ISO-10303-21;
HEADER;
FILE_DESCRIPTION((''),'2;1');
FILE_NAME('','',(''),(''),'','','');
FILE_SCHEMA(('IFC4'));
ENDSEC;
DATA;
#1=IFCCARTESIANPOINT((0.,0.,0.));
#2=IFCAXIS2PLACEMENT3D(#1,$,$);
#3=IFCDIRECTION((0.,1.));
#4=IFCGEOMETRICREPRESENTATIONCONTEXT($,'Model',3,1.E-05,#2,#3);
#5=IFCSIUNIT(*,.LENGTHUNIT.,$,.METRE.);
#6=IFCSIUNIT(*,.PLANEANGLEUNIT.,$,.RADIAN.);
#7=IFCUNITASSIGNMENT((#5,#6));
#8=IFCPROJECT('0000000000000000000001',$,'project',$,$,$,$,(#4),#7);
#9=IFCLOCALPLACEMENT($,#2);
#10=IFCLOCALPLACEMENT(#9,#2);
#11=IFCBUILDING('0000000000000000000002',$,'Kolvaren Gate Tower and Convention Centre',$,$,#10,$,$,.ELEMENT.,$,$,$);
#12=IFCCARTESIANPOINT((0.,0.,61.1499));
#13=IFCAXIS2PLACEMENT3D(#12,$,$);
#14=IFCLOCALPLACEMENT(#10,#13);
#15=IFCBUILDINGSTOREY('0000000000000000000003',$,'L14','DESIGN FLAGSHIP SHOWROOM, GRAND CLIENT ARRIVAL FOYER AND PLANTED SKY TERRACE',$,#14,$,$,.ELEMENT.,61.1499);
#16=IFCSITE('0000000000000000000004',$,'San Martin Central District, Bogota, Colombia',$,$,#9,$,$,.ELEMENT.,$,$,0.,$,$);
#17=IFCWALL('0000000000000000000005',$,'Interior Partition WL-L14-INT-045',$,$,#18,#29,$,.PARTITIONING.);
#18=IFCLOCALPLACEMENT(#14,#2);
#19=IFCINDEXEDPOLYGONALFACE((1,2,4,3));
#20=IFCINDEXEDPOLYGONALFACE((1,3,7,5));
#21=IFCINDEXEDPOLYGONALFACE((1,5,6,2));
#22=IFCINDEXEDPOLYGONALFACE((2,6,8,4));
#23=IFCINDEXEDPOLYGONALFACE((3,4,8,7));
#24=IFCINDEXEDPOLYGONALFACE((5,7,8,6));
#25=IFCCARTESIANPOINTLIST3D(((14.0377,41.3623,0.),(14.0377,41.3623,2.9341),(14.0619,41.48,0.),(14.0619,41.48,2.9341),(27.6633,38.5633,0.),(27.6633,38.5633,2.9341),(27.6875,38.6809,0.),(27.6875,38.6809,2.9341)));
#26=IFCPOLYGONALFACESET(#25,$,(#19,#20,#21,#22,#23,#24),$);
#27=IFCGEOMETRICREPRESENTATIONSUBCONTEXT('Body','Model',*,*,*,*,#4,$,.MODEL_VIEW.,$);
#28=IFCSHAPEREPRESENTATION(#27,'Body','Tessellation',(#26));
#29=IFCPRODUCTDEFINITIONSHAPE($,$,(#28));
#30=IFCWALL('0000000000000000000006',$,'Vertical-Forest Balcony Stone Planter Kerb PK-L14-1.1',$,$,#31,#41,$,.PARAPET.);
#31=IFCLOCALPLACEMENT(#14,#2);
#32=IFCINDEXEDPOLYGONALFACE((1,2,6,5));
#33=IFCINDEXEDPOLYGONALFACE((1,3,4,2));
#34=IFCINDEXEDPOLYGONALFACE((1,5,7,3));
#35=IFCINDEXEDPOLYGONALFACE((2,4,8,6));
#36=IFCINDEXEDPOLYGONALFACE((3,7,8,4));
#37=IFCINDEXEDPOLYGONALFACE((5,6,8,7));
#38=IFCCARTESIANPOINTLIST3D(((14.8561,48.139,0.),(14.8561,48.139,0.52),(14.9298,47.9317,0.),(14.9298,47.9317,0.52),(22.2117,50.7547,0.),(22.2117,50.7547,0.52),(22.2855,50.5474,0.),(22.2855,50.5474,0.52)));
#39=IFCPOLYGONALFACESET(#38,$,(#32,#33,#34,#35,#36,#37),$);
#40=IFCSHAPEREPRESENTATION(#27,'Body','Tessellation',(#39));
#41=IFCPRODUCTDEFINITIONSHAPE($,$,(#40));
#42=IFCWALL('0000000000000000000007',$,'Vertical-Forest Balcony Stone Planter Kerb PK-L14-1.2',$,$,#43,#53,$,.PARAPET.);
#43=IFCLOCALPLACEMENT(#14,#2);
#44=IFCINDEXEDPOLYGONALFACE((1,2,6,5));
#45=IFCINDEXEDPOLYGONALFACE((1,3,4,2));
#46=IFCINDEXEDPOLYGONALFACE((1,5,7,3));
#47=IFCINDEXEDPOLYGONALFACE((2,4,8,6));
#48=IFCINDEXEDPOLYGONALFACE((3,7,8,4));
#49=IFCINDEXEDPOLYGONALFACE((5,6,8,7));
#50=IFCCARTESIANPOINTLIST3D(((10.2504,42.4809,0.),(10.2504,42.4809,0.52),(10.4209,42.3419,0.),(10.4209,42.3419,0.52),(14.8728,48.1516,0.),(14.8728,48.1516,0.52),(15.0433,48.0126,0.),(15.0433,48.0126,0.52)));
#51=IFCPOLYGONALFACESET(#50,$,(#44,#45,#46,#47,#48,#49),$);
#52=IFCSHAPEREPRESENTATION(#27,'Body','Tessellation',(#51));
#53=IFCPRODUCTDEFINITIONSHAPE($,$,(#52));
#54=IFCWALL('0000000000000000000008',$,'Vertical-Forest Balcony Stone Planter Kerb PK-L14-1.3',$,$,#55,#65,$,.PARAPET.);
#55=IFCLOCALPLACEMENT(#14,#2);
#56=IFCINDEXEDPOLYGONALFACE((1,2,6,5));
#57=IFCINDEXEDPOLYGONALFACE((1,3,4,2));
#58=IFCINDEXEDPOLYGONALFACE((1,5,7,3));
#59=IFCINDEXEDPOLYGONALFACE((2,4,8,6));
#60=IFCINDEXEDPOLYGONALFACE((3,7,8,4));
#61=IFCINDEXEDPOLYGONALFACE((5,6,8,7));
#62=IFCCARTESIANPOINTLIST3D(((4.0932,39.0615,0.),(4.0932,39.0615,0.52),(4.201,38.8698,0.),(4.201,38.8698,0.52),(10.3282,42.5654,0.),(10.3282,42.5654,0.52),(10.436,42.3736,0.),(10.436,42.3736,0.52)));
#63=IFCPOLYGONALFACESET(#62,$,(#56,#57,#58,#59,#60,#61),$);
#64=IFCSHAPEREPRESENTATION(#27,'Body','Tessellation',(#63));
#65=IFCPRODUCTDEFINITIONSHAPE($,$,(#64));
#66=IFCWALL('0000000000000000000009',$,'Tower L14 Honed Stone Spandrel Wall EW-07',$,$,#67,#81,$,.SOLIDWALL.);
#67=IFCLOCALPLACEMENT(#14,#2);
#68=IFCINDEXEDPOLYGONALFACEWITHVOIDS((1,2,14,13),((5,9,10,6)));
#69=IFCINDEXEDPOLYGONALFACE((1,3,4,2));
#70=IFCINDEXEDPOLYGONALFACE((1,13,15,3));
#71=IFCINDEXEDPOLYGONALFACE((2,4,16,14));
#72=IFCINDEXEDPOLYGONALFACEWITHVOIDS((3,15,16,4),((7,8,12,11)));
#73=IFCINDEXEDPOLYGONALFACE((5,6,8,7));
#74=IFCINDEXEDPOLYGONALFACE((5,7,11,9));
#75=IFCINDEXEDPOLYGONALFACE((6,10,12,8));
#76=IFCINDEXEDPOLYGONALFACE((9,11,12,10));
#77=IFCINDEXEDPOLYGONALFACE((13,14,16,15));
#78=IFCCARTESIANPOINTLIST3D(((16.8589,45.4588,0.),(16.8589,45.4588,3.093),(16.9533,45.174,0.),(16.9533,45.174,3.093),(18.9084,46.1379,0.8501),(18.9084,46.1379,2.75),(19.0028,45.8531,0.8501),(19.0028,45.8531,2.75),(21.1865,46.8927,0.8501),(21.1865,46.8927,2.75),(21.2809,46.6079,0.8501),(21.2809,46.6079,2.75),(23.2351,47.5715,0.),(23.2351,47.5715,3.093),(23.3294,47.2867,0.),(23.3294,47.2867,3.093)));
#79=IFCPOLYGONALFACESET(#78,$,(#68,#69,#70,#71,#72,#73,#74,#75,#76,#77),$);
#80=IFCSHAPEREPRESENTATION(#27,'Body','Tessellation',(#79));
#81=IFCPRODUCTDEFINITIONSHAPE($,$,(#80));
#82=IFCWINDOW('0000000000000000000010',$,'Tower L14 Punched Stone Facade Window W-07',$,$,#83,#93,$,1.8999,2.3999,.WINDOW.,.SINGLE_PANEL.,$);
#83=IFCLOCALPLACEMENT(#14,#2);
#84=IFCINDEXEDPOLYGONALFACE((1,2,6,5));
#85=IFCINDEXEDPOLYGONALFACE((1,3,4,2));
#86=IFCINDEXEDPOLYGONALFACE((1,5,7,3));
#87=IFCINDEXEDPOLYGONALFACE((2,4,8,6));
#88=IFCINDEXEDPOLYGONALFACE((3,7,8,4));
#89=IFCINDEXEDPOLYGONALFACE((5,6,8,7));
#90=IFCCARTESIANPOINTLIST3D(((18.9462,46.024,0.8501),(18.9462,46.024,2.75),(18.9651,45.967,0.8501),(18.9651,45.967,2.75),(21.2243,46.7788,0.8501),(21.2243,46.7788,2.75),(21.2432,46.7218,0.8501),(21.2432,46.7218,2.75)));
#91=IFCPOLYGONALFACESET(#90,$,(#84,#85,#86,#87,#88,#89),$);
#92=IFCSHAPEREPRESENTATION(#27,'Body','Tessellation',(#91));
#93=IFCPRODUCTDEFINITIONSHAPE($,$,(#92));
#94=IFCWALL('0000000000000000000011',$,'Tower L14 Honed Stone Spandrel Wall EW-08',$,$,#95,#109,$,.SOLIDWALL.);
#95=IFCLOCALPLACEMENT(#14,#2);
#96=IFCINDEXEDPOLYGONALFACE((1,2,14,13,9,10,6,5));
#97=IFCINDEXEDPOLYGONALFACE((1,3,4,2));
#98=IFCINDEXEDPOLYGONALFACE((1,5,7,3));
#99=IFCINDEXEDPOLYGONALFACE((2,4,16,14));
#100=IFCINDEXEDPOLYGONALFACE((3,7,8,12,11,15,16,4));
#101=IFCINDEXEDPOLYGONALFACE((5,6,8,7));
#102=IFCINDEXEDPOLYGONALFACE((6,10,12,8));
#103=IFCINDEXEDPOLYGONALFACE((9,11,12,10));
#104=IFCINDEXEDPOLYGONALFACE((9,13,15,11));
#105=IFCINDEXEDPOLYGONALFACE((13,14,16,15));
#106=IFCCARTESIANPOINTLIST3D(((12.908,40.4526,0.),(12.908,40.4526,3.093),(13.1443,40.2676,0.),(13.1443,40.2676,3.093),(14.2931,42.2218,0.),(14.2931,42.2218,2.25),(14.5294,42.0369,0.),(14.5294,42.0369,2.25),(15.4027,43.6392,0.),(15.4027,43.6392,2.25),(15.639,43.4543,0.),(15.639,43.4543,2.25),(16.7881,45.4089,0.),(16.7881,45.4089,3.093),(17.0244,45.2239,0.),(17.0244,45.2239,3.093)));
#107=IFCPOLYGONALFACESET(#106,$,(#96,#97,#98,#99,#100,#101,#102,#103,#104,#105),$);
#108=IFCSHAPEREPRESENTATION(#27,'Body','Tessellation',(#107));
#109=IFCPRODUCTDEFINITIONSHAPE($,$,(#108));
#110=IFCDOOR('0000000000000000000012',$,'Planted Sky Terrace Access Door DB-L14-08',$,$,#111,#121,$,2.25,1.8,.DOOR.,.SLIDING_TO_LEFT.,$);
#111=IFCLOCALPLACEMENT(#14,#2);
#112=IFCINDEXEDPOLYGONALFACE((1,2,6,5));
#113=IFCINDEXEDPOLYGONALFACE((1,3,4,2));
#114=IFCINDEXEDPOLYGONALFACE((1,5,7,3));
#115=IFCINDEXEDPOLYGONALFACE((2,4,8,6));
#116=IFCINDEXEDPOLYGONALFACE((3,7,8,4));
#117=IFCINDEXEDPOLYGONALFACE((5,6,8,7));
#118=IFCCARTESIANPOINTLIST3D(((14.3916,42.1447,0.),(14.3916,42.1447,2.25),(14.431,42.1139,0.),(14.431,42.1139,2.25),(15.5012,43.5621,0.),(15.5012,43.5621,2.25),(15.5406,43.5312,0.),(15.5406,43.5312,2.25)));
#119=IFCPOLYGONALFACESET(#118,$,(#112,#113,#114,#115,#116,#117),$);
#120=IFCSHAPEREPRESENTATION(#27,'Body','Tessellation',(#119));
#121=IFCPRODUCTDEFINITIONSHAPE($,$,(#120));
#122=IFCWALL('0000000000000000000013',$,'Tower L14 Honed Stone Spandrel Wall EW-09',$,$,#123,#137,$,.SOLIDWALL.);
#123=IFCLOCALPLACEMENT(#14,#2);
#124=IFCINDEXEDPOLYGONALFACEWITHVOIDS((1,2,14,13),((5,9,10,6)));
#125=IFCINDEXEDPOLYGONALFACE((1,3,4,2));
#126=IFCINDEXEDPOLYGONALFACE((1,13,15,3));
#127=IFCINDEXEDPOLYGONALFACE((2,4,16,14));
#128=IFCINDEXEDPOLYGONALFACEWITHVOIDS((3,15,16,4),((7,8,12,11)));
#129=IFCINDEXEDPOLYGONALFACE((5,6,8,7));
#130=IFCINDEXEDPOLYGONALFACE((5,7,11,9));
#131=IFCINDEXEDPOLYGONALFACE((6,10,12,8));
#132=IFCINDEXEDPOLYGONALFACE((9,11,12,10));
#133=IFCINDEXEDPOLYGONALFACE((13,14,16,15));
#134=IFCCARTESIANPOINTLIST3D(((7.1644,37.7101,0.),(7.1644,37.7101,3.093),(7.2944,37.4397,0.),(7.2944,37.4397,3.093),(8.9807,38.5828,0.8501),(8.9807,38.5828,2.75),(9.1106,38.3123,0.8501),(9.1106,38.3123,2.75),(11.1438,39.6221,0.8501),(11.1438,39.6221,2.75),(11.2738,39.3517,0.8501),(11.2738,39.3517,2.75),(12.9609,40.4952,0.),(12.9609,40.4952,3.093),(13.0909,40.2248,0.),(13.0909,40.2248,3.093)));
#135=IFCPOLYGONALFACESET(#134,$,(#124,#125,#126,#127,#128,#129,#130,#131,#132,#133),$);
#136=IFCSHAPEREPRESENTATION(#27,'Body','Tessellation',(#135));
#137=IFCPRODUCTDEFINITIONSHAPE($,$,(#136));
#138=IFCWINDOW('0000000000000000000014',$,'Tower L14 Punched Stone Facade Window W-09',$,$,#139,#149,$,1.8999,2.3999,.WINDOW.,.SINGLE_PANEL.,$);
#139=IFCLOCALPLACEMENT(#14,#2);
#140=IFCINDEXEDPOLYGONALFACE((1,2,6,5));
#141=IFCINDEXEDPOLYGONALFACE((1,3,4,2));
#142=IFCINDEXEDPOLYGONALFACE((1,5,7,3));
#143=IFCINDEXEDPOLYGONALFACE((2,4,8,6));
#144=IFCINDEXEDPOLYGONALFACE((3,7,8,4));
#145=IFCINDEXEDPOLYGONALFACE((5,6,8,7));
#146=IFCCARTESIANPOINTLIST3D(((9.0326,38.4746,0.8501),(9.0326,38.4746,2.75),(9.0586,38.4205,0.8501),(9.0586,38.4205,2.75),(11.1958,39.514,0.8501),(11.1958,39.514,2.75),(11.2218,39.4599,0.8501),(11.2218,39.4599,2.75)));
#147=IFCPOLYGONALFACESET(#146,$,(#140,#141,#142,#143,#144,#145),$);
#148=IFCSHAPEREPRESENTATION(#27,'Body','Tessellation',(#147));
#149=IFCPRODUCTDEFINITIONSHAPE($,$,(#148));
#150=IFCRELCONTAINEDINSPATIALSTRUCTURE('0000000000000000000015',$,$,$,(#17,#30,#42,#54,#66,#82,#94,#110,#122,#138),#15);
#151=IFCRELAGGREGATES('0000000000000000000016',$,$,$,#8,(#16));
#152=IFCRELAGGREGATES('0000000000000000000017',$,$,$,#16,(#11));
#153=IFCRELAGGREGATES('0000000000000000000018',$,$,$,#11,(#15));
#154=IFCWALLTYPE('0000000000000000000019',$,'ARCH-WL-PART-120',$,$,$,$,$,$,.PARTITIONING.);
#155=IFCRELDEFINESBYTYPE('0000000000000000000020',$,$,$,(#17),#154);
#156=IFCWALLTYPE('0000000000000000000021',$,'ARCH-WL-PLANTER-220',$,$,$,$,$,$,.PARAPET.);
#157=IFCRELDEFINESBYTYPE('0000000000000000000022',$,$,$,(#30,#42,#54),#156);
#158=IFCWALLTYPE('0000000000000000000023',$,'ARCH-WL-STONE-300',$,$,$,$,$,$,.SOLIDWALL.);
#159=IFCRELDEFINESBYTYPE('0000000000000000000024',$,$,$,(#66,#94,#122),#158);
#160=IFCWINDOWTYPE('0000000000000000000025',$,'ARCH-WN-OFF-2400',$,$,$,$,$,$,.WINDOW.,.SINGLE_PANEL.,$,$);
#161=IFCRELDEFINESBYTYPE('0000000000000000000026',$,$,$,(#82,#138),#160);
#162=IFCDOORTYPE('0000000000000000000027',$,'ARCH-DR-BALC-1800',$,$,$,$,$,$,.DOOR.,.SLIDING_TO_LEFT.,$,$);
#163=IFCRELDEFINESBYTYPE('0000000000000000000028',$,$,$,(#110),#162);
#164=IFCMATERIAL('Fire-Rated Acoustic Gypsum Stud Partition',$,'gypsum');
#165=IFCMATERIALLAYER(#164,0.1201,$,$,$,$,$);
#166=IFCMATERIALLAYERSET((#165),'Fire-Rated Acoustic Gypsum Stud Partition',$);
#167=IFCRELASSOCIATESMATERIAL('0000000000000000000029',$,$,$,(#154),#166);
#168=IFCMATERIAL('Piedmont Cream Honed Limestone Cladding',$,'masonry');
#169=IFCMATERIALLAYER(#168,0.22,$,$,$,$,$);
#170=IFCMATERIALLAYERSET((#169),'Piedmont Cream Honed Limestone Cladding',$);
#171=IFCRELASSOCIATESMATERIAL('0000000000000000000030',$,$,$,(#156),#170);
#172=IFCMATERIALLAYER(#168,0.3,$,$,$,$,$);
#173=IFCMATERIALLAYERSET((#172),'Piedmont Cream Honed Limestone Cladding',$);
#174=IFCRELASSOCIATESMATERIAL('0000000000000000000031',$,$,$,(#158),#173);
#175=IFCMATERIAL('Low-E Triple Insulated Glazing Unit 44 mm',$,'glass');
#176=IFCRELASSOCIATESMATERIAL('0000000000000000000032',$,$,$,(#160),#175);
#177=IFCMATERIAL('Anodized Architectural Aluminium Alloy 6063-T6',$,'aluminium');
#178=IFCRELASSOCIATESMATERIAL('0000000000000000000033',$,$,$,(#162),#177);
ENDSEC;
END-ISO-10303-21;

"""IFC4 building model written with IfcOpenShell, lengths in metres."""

from ifc_helpers import new_model, si_unit, direction, frame, frame_2d, origin, place, context, subcontext, project, spatial, rectangle, extrude, material, layer, layer_set, type_object, element, fill, save


model = new_model("IFC4")

# Units and contexts
model_context = context("Model", 3, precision=1e-05, world=origin(), true_north=direction((0.0, 1.0)))
body_context = subcontext(model_context, "Body", "Model", "MODEL_VIEW")
ifc_project = project(units=[si_unit("LENGTHUNIT", "METRE"), si_unit("PLANEANGLEUNIT", "RADIAN")], contexts=[model_context])

# Site, building, storey
site_placement = place(None, origin())
site = spatial("IfcSite", under=ifc_project, at=site_placement, Name="San Martin Central District, Bogota, Colombia", CompositionType="ELEMENT", RefElevation=0.0)
building_placement = place(site_placement, origin())
building = spatial("IfcBuilding", under=site, at=building_placement, Name="Kolvaren Gate Tower and Convention Centre", CompositionType="ELEMENT")
storey_placement = place(building_placement, frame((0.0, 0.0, 61.1499)))
storey = spatial("IfcBuildingStorey", under=building, at=storey_placement, Name="L14", Description="DESIGN FLAGSHIP SHOWROOM, GRAND CLIENT ARRIVAL FOYER AND PLANTED SKY TERRACE", CompositionType="ELEMENT", Elevation=61.1499)

# Walls
ifc_material_1 = material(Name="Fire-Rated Acoustic Gypsum Stud Partition", Category="gypsum")
ifc_layer_1 = layer(ifc_material_1, 0.1201)
ifc_layer_set_1 = layer_set([ifc_layer_1], Name="Fire-Rated Acoustic Gypsum Stud Partition")
wall_type_1 = type_object("IfcWallType", Name="ARCH-WL-PART-120", PredefinedType="PARTITIONING", material=ifc_layer_set_1)
wall_1_placement = place(storey_placement, frame((14.0498, 41.4211, 0.0), z_axis=(0.0, 0.0, 1.0), x_axis=(0.979545, -0.201224, 0.0)))
element("IfcWall", 1, at=wall_1_placement, inside=storey, type_object=wall_type_1, Name="Interior Partition WL-L14-INT-045", PredefinedType="PARTITIONING", context=body_context, shape_type="SweptSolid", body=[
    extrude(rectangle(XDim=13.9102, YDim=0.1201, at=frame_2d((6.9551, 0.0))), origin(), (0.0, 0.0, 1.0), 2.9341),
])
ifc_material_2 = material(Name="Piedmont Cream Honed Limestone Cladding", Category="masonry")
ifc_layer_2 = layer(ifc_material_2, 0.22)
ifc_layer_set_2 = layer_set([ifc_layer_2], Name="Piedmont Cream Honed Limestone Cladding")
wall_type_2 = type_object("IfcWallType", Name="ARCH-WL-PLANTER-220", PredefinedType="PARAPET", material=ifc_layer_set_2)
wall_2_placement = place(storey_placement, frame((14.8931, 48.0354, 0.0), z_axis=(0.0, 0.0, 1.0), x_axis=(0.9422, 0.33505, 0.0)))
element("IfcWall", 2, at=wall_2_placement, inside=storey, type_object=wall_type_2, Name="Vertical-Forest Balcony Stone Planter Kerb PK-L14-1.1", PredefinedType="PARAPET", context=body_context, shape_type="SweptSolid", body=[
    extrude(rectangle(XDim=7.8069, YDim=0.22, at=frame_2d((3.9033, 0.0))), origin(), (0.0, 0.0, 1.0), 0.52),
])
wall_3_placement = place(storey_placement, frame((10.3357, 42.4114, 0.0), z_axis=(0.0, 0.0, 1.0), x_axis=(0.631819, 0.775116, 0.0)))
element("IfcWall", 3, at=wall_3_placement, inside=storey, type_object=wall_type_2, Name="Vertical-Forest Balcony Stone Planter Kerb PK-L14-1.2", PredefinedType="PARAPET", context=body_context, shape_type="SweptSolid", body=[
    extrude(rectangle(XDim=7.3159, YDim=0.22, at=frame_2d((3.658, 0.0))), origin(), (0.0, 0.0, 1.0), 0.52),
])
wall_4_placement = place(storey_placement, frame((4.147, 38.9656, 0.0), z_axis=(0.0, 0.0, 1.0), x_axis=(0.871775, 0.489906, 0.0)))
element("IfcWall", 4, at=wall_4_placement, inside=storey, type_object=wall_type_2, Name="Vertical-Forest Balcony Stone Planter Kerb PK-L14-1.3", PredefinedType="PARAPET", context=body_context, shape_type="SweptSolid", body=[
    extrude(rectangle(XDim=7.1521, YDim=0.22, at=frame_2d((3.5762, 0.0))), origin(), (0.0, 0.0, 1.0), 0.52),
])

# Wall, opening, window
ifc_layer_3 = layer(ifc_material_2, 0.3)
ifc_layer_set_3 = layer_set([ifc_layer_3], Name="Piedmont Cream Honed Limestone Cladding")
wall_type_3 = type_object("IfcWallType", Name="ARCH-WL-STONE-300", PredefinedType="SOLIDWALL", material=ifc_layer_set_3)
wall_5_placement = place(storey_placement, frame((16.9062, 45.3164, 0.0), z_axis=(0.0, 0.0, 1.0), x_axis=(0.949245, 0.314537, 0.0)))
wall_5 = element("IfcWall", 5, at=wall_5_placement, inside=storey, type_object=wall_type_3, Name="Tower L14 Honed Stone Spandrel Wall EW-07", PredefinedType="SOLIDWALL", context=body_context, shape_type="SweptSolid", body=[
    extrude(rectangle(XDim=6.717, YDim=0.3, at=frame_2d((3.3584, 0.0))), origin(), (0.0, 0.0, 1.0), 3.093),
])
opening_1_placement = place(wall_5_placement, frame((2.1589, 0.0, 0.8501)))
opening_1 = element("IfcOpeningElement", 6, at=opening_1_placement, cuts=wall_5, PredefinedType="OPENING", context=body_context, shape_type="SweptSolid", body=[
    extrude(rectangle(XDim=2.3999, YDim=1.8999, at=frame_2d((1.2, 0.95))), frame((0.0, 0.1599, 0.0), z_axis=(0.0, -1.0, 0.0), x_axis=(1.0, 0.0, 0.0)), (0.0, 0.0, 1.0), 0.3201),
])
ifc_material_3 = material(Name="Low-E Triple Insulated Glazing Unit 44 mm", Category="glass")
window_type = type_object("IfcWindowType", Name="ARCH-WN-OFF-2400", PartitioningType="SINGLE_PANEL", PredefinedType="WINDOW", material=ifc_material_3)
window_1_placement = place(opening_1_placement, origin())
window_1 = element("IfcWindow", 7, at=window_1_placement, inside=storey, type_object=window_type, Name="Tower L14 Punched Stone Facade Window W-07", OverallHeight=1.8999, OverallWidth=2.3999, PartitioningType="SINGLE_PANEL", PredefinedType="WINDOW", context=body_context, shape_type="SweptSolid", body=[
    extrude(rectangle(XDim=2.3999, YDim=1.8999, at=frame_2d((1.2, 0.95))), frame((0.0, 0.03, 0.0), z_axis=(0.0, -1.0, 0.0), x_axis=(1.0, 0.0, 0.0)), (0.0, 0.0, 1.0), 0.0601),
])
fill(opening_1, window_1)

# Wall, opening, door
wall_6_placement = place(storey_placement, frame((13.0261, 40.3601, 0.0), z_axis=(0.0, 0.0, 1.0), x_axis=(0.616435, 0.787406, 0.0)))
wall_6 = element("IfcWall", 8, at=wall_6_placement, inside=storey, type_object=wall_type_3, Name="Tower L14 Honed Stone Spandrel Wall EW-08", PredefinedType="SOLIDWALL", context=body_context, shape_type="SweptSolid", body=[
    extrude(rectangle(XDim=6.2944, YDim=0.3, at=frame_2d((3.1472, 0.0))), origin(), (0.0, 0.0, 1.0), 3.093),
])
opening_2_placement = place(wall_6_placement, frame((2.2471, 0.0, 0.0)))
opening_2 = element("IfcOpeningElement", 9, at=opening_2_placement, cuts=wall_6, PredefinedType="OPENING", context=body_context, shape_type="SweptSolid", body=[
    extrude(rectangle(XDim=1.8, YDim=2.25, at=frame_2d((0.8999, 1.125))), frame((0.0, 0.1599, 0.0), z_axis=(0.0, -1.0, 0.0), x_axis=(1.0, 0.0, 0.0)), (0.0, 0.0, 1.0), 0.3201),
])
ifc_material_4 = material(Name="Anodized Architectural Aluminium Alloy 6063-T6", Category="aluminium")
door_type = type_object("IfcDoorType", Name="ARCH-DR-BALC-1800", OperationType="SLIDING_TO_LEFT", PredefinedType="DOOR", material=ifc_material_4)
door_placement = place(opening_2_placement, origin())
door = element("IfcDoor", 10, at=door_placement, inside=storey, type_object=door_type, Name="Planted Sky Terrace Access Door DB-L14-08", OperationType="SLIDING_TO_LEFT", OverallHeight=2.25, OverallWidth=1.8, PredefinedType="DOOR", context=body_context, shape_type="SweptSolid", body=[
    extrude(rectangle(XDim=1.8, YDim=2.25, at=frame_2d((0.8999, 1.125))), frame((0.0, 0.0249, 0.0), z_axis=(0.0, -1.0, 0.0), x_axis=(1.0, 0.0, 0.0)), (0.0, 0.0, 1.0), 0.05),
])
fill(opening_2, door)

# Wall, opening, window
wall_7_placement = place(storey_placement, frame((7.2295, 37.575, 0.0), z_axis=(0.0, 0.0, 1.0), x_axis=(0.901355, 0.433082, 0.0)))
wall_7 = element("IfcWall", 11, at=wall_7_placement, inside=storey, type_object=wall_type_3, Name="Tower L14 Honed Stone Spandrel Wall EW-09", PredefinedType="SOLIDWALL", context=body_context, shape_type="SweptSolid", body=[
    extrude(rectangle(XDim=6.4309, YDim=0.3, at=frame_2d((3.2153, 0.0))), origin(), (0.0, 0.0, 1.0), 3.093),
])
opening_3_placement = place(wall_7_placement, frame((2.0149, 0.0, 0.8501)))
opening_3 = element("IfcOpeningElement", 12, at=opening_3_placement, cuts=wall_7, PredefinedType="OPENING", context=body_context, shape_type="SweptSolid", body=[
    extrude(rectangle(XDim=2.3999, YDim=1.8999, at=frame_2d((1.2, 0.95))), frame((0.0, 0.1599, 0.0), z_axis=(0.0, -1.0, 0.0), x_axis=(1.0, 0.0, 0.0)), (0.0, 0.0, 1.0), 0.3201),
])
window_2_placement = place(opening_3_placement, origin())
window_2 = element("IfcWindow", 13, at=window_2_placement, inside=storey, type_object=window_type, Name="Tower L14 Punched Stone Facade Window W-09", OverallHeight=1.8999, OverallWidth=2.3999, PartitioningType="SINGLE_PANEL", PredefinedType="WINDOW", context=body_context, shape_type="SweptSolid", body=[
    extrude(rectangle(XDim=2.3999, YDim=1.8999, at=frame_2d((1.2, 0.95))), frame((0.0, 0.03, 0.0), z_axis=(0.0, -1.0, 0.0), x_axis=(1.0, 0.0, 0.0)), (0.0, 0.0, 1.0), 0.0601),
])
fill(opening_3, window_2)

save(model, "model.ifc")
